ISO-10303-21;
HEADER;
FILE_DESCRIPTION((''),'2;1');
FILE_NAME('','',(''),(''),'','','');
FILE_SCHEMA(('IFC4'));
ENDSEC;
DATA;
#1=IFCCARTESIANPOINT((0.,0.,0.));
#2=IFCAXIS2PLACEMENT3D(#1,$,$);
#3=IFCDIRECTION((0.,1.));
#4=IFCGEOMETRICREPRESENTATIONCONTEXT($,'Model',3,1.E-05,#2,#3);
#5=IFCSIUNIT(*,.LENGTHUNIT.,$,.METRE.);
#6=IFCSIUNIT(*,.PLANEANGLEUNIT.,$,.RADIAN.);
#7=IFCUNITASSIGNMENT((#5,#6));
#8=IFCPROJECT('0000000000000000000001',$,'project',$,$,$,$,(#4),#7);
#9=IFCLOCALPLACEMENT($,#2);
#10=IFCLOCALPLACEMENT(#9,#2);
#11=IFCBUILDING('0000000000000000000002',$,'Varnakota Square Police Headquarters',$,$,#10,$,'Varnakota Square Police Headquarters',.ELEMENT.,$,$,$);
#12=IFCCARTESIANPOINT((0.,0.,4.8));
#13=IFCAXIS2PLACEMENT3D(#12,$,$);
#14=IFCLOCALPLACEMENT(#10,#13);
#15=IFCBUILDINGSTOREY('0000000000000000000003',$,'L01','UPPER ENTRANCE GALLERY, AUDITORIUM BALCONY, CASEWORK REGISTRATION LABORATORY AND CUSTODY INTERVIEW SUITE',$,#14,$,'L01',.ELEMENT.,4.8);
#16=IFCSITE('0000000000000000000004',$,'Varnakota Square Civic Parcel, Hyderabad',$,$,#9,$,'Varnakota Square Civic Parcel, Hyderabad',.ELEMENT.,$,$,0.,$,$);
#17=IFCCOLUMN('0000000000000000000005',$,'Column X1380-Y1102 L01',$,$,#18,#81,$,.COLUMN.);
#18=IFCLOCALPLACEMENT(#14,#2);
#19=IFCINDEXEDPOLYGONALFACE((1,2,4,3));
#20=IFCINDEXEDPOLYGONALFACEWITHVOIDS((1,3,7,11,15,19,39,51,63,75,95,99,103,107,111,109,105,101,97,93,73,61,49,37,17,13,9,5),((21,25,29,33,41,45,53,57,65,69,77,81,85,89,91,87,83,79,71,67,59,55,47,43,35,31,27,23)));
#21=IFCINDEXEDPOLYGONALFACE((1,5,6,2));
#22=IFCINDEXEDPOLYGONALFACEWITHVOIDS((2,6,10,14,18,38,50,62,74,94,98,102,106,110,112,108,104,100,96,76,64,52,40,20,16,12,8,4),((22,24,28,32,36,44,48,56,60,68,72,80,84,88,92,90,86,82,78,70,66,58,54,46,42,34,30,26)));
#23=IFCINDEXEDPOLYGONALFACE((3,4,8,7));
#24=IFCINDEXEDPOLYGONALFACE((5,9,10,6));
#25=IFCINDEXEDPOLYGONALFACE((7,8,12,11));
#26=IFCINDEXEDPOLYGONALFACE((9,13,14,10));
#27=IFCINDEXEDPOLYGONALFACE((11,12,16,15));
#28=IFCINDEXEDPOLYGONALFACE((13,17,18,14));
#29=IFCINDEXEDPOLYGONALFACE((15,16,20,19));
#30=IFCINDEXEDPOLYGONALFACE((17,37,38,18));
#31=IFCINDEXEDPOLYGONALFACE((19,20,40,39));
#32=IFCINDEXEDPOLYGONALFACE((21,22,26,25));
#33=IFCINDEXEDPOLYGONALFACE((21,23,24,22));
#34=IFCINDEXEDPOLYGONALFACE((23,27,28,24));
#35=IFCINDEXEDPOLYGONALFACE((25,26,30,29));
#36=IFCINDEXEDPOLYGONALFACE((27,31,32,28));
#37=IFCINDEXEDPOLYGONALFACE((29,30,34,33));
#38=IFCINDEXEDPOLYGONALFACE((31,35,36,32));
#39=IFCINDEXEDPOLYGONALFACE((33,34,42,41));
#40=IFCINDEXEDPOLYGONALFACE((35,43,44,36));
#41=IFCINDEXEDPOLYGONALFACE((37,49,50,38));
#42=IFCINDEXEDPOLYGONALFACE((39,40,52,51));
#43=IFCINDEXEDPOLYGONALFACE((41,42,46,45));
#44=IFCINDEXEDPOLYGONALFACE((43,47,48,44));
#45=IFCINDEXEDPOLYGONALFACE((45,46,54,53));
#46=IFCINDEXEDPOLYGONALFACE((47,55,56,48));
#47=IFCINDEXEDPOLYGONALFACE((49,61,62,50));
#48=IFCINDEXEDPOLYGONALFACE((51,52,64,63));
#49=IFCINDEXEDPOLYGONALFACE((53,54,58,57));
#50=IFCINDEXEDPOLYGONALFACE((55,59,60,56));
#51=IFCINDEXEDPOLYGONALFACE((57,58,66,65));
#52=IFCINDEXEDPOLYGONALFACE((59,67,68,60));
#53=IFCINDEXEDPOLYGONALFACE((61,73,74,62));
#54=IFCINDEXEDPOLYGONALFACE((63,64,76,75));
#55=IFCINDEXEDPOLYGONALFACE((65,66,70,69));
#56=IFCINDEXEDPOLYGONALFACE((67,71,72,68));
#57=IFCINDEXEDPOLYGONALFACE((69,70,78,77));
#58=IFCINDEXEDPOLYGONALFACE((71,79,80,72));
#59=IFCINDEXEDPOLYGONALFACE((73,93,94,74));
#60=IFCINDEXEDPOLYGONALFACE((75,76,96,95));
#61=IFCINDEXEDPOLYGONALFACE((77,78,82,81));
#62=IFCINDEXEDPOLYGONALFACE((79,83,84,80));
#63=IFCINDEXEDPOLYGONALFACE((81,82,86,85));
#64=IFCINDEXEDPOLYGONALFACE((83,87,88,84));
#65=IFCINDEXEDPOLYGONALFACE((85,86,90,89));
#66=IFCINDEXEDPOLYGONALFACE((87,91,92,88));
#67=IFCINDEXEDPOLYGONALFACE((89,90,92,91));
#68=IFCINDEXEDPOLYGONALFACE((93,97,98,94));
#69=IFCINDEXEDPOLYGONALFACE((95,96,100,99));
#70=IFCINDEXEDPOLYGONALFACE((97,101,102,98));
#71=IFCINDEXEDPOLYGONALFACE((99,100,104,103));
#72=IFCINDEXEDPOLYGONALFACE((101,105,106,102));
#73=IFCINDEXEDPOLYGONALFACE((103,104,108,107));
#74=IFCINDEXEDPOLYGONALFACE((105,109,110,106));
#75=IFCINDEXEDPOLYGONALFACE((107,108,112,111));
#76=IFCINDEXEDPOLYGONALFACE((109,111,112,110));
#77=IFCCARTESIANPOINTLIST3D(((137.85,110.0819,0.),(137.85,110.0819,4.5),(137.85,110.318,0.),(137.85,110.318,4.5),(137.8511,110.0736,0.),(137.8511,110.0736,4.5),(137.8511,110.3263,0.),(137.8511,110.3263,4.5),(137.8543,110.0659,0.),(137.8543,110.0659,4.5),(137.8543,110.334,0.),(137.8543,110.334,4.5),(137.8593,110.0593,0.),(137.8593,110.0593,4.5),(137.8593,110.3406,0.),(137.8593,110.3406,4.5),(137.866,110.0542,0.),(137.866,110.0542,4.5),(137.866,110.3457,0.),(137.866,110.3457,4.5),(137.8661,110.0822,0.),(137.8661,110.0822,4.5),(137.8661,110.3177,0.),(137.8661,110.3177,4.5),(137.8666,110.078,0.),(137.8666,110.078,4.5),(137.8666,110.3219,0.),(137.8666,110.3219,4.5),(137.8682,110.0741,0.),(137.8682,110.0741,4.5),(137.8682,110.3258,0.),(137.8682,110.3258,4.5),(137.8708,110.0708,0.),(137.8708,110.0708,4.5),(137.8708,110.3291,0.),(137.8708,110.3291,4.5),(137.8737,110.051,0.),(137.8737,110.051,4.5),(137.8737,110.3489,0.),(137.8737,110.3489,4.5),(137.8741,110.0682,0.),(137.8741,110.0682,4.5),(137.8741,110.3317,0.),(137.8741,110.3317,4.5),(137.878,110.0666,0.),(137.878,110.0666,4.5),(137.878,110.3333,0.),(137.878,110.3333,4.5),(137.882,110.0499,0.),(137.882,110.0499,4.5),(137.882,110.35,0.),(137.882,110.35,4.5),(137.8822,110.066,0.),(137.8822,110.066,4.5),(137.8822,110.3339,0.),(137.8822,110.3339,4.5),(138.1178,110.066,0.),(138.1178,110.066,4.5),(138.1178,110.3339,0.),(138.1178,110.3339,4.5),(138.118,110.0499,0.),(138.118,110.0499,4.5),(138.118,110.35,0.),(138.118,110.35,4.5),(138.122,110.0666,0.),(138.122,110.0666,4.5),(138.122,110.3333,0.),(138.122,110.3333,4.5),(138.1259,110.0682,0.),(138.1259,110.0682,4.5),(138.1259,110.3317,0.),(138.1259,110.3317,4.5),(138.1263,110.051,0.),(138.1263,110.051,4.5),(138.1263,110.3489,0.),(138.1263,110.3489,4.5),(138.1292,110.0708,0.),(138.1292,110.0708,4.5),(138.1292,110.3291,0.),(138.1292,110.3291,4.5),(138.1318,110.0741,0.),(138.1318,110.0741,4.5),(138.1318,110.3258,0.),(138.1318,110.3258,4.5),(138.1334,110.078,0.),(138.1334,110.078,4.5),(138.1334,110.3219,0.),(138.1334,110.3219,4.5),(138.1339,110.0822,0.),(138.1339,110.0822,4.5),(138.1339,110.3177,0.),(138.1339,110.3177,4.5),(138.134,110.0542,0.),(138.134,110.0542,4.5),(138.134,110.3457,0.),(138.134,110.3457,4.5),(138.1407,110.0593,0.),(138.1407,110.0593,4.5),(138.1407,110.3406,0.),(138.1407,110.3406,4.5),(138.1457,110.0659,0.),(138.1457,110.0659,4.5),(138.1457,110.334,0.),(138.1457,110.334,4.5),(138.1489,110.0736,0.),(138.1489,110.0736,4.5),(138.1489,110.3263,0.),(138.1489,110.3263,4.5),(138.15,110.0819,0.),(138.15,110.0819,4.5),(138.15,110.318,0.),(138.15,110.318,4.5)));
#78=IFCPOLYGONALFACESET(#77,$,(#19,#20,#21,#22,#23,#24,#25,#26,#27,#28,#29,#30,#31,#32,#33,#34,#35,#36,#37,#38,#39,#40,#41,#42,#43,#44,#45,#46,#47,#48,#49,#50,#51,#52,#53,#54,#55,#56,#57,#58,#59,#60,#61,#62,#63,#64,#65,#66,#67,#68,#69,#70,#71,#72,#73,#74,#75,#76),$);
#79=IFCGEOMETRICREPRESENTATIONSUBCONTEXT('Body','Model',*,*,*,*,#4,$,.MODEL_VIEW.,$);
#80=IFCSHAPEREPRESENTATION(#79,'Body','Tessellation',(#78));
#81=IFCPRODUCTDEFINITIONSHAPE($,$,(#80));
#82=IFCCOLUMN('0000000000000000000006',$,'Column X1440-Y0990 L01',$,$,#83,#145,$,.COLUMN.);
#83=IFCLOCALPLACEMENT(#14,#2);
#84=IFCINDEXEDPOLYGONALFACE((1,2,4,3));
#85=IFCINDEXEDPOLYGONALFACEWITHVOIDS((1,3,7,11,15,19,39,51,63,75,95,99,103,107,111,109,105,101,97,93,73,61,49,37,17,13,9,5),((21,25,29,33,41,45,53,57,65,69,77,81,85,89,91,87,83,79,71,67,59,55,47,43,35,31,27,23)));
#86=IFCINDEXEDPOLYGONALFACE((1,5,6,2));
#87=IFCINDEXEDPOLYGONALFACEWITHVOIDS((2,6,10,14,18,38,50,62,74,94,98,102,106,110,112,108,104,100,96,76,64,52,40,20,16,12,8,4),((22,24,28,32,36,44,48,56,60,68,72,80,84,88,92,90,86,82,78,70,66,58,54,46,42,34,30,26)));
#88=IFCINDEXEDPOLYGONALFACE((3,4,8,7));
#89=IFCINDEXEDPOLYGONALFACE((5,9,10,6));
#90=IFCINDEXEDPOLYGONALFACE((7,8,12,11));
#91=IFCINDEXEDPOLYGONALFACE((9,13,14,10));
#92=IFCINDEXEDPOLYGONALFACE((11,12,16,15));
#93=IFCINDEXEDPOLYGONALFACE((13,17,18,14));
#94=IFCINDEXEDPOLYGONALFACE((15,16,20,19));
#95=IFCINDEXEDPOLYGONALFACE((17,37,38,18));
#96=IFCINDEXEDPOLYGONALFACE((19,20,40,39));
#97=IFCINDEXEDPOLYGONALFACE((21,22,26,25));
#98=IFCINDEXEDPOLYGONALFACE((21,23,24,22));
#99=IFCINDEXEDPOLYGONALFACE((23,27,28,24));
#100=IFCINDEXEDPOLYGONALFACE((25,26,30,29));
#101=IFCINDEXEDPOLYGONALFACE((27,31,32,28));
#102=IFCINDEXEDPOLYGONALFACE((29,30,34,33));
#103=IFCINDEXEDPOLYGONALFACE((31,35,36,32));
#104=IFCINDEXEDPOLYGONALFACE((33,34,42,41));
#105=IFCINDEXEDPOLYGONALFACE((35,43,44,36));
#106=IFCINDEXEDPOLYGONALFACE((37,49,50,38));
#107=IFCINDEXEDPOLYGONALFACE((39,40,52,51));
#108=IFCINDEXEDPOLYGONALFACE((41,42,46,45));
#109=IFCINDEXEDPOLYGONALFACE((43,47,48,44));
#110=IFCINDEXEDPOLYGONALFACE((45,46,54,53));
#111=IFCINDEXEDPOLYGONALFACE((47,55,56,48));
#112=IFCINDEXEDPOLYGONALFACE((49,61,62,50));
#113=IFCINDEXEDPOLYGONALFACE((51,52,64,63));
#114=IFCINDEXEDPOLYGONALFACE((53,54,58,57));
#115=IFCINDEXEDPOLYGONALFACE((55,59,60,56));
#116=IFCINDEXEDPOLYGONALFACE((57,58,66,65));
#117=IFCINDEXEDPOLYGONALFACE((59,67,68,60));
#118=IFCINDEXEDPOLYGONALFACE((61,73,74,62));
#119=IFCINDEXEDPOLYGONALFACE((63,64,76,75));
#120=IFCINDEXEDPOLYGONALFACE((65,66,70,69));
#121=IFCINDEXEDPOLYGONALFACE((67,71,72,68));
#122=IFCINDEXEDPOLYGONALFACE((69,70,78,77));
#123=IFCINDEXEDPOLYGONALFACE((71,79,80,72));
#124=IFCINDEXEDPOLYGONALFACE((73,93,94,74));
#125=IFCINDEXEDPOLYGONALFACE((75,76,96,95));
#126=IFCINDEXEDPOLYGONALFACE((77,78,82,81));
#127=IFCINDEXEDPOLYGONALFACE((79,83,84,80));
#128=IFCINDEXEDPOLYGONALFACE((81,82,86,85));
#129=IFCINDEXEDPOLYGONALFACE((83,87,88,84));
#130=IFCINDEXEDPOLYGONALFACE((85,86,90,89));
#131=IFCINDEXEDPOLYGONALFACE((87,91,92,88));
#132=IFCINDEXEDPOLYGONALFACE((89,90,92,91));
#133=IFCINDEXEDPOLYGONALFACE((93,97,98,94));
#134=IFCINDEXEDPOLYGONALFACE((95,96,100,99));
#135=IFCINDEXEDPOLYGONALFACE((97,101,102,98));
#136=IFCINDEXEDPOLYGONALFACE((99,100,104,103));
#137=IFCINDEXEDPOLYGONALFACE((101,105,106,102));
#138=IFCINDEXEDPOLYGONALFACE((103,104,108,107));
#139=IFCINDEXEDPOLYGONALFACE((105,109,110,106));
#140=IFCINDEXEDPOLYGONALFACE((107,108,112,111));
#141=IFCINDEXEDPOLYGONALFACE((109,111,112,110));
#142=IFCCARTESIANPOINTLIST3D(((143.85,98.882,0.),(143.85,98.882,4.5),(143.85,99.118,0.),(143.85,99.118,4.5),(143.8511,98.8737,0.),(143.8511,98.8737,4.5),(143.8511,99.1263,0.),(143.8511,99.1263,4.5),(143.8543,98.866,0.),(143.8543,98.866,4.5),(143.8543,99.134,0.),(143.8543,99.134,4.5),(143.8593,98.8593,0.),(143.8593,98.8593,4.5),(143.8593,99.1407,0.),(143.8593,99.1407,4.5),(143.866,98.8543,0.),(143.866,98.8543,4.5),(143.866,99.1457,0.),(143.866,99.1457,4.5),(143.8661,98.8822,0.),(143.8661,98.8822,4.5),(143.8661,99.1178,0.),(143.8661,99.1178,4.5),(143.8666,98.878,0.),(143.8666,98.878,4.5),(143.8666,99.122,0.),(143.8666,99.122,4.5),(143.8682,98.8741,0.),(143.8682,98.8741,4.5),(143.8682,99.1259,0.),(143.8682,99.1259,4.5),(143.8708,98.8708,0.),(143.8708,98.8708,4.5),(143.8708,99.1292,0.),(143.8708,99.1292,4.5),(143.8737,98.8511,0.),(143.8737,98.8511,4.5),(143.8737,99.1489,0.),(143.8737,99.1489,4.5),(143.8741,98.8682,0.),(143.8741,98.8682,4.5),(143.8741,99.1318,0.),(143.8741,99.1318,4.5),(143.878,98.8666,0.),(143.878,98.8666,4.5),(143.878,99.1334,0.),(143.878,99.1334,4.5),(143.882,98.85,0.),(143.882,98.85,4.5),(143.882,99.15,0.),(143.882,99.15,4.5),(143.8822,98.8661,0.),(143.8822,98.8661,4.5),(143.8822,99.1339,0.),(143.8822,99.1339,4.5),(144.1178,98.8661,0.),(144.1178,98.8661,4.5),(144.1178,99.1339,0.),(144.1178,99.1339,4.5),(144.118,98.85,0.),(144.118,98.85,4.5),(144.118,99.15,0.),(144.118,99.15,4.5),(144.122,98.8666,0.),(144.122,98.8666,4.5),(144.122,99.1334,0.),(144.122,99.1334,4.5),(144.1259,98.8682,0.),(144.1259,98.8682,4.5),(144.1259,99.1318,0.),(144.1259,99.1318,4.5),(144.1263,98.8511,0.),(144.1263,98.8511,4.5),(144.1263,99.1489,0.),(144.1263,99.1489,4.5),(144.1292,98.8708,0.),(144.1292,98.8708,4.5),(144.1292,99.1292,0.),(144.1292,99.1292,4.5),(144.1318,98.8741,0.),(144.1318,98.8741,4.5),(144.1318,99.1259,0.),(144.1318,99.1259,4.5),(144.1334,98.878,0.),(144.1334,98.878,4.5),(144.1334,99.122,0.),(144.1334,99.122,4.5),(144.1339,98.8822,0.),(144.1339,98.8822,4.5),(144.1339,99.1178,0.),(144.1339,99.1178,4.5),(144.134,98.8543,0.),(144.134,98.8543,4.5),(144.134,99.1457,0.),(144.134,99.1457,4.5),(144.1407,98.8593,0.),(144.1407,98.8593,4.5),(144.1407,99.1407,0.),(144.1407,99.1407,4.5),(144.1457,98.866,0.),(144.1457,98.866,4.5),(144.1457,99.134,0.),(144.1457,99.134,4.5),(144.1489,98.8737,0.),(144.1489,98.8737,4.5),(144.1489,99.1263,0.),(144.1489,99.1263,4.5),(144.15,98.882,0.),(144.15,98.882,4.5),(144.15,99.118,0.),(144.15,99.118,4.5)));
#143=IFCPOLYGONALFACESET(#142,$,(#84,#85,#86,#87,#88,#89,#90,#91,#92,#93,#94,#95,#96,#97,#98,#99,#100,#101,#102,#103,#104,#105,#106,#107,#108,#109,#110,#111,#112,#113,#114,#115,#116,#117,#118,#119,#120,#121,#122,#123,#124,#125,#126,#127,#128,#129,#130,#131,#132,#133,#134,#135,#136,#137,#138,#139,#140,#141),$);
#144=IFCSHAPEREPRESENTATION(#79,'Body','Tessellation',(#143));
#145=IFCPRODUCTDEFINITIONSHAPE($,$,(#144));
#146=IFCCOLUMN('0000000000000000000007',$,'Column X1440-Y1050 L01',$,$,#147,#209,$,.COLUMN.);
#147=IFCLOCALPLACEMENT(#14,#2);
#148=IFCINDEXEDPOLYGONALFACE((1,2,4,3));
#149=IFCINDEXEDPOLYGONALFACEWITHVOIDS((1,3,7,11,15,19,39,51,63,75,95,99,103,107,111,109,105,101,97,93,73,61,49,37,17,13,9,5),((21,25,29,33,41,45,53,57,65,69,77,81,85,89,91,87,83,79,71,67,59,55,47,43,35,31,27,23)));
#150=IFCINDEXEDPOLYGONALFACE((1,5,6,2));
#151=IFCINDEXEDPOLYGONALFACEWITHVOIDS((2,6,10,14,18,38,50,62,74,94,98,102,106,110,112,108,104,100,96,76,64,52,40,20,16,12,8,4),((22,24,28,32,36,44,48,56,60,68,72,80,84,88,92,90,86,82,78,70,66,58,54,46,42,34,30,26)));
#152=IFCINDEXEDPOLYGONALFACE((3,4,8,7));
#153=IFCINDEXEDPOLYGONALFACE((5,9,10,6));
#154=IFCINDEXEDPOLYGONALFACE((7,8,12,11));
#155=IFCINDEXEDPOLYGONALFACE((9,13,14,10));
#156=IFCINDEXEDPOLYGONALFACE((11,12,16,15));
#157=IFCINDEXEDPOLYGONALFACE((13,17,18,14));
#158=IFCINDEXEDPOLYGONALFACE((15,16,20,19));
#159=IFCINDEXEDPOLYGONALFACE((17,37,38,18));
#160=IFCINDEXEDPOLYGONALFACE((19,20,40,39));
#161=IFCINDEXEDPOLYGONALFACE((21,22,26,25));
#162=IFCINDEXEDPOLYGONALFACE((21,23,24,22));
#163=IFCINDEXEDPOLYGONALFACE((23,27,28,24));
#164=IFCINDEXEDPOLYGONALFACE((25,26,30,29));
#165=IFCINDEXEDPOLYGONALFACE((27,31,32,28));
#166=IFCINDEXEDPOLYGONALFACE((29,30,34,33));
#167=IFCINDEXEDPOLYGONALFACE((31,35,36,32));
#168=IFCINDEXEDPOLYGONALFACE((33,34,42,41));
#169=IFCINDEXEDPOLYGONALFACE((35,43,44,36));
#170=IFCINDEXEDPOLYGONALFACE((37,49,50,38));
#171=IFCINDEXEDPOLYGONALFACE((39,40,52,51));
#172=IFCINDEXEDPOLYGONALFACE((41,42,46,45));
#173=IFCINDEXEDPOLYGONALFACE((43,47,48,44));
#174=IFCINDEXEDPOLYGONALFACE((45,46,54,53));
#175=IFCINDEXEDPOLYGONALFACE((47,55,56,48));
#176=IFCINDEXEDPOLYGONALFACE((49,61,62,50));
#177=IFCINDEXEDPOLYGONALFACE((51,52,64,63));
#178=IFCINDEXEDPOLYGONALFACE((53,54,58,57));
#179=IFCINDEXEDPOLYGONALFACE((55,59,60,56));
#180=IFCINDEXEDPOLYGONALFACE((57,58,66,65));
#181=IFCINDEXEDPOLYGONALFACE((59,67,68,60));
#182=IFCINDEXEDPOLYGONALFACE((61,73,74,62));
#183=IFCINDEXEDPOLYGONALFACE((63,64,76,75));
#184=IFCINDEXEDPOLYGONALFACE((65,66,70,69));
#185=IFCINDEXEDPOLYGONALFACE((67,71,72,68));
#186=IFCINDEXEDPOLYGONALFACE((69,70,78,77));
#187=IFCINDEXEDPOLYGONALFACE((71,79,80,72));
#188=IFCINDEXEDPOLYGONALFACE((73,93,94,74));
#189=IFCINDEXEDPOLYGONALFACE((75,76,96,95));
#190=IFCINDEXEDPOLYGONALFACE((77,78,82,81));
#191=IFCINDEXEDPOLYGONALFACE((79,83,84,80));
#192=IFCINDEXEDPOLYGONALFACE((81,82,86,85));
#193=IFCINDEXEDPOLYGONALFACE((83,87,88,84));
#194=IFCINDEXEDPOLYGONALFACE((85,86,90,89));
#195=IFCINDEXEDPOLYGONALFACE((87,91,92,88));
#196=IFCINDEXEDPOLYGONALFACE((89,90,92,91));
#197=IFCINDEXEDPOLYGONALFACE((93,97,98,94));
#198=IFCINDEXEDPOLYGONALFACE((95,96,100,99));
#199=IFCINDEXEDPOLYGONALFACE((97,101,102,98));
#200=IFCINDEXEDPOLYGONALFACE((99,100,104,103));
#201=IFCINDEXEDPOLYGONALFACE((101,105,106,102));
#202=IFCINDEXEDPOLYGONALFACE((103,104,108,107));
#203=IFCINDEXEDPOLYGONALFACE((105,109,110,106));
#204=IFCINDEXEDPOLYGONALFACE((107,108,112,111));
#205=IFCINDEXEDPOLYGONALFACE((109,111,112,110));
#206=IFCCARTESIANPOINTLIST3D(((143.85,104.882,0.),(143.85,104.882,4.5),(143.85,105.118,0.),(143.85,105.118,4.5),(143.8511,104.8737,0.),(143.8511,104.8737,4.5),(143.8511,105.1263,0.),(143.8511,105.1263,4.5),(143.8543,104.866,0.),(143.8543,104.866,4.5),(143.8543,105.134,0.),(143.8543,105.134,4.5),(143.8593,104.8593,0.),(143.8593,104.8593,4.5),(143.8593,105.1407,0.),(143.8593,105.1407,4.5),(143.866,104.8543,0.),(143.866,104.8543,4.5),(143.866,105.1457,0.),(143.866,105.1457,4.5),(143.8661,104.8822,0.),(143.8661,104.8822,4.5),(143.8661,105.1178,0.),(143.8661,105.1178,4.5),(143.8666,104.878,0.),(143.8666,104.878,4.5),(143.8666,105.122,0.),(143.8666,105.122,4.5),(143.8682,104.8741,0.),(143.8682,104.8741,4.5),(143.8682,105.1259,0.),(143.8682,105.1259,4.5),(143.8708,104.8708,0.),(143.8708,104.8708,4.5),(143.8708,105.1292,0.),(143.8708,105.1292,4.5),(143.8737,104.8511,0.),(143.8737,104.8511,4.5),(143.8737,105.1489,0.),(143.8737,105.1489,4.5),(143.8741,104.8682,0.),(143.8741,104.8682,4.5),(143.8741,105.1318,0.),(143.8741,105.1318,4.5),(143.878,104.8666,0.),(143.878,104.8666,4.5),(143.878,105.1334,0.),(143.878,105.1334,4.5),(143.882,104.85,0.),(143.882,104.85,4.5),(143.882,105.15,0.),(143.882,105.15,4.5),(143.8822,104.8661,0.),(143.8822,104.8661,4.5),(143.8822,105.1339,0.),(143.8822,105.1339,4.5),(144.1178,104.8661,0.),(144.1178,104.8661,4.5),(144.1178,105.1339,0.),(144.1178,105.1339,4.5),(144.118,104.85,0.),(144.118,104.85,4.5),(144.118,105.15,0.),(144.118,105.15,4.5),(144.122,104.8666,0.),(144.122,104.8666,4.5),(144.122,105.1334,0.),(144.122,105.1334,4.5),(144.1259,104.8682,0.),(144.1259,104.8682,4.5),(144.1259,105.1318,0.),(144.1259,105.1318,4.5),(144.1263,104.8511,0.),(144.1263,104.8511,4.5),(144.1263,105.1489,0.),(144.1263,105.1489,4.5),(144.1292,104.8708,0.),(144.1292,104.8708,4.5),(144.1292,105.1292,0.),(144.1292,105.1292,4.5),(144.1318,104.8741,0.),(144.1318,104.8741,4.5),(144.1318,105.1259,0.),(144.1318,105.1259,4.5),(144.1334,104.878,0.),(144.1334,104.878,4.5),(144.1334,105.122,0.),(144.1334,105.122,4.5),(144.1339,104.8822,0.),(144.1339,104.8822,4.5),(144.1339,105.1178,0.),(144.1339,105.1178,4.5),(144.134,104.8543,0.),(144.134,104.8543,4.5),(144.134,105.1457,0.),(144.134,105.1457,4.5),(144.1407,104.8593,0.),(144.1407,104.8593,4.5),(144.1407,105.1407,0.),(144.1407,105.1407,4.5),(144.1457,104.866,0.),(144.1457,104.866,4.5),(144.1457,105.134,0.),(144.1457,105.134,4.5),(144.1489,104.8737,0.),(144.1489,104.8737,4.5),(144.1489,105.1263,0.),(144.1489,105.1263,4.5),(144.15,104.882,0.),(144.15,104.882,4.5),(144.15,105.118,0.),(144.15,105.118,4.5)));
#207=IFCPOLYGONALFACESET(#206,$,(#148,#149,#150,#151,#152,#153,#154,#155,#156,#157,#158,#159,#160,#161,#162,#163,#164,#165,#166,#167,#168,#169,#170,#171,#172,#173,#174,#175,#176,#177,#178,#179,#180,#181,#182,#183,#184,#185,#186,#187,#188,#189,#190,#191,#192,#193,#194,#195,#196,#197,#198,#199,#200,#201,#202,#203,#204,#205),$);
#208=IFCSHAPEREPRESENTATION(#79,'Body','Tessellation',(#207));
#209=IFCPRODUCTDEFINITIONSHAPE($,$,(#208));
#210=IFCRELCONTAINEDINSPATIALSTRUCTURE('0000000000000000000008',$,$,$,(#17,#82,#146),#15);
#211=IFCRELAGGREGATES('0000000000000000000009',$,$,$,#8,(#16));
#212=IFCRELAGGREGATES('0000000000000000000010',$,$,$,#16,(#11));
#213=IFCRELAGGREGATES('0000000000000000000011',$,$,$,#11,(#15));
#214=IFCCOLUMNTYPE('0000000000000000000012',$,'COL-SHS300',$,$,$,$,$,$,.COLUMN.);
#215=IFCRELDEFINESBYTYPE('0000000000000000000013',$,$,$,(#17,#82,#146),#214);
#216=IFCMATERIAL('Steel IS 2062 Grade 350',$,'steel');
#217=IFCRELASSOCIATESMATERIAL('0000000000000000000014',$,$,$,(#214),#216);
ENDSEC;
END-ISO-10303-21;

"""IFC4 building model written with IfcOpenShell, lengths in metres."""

from ifc_helpers import new_model, si_unit, direction, frame, origin, origin_2d, place, context, subcontext, project, spatial, hollow_rectangle, extrude, material, material_profile, profile_set, type_object, element, save


model = new_model("IFC4")

# Units and contexts
model_context = context("Model", 3, precision=1e-05, world=origin(), true_north=direction((0.0, 1.0)))
body_context = subcontext(model_context, "Body", "Model", "MODEL_VIEW")
ifc_project = project(units=[si_unit("LENGTHUNIT", "METRE"), si_unit("PLANEANGLEUNIT", "RADIAN")], contexts=[model_context])

# Site, building, storey
site_placement = place(None, origin())
site = spatial("IfcSite", under=ifc_project, at=site_placement, Name="Varnakota Square Civic Parcel, Hyderabad", LongName="Varnakota Square Civic Parcel, Hyderabad", CompositionType="ELEMENT", RefElevation=0.0)
building_placement = place(site_placement, origin())
building = spatial("IfcBuilding", under=site, at=building_placement, Name="Varnakota Square Police Headquarters", LongName="Varnakota Square Police Headquarters", CompositionType="ELEMENT")
storey_placement = place(building_placement, frame((0.0, 0.0, 4.8)))
storey = spatial("IfcBuildingStorey", under=building, at=storey_placement, Name="L01", Description="UPPER ENTRANCE GALLERY, AUDITORIUM BALCONY, CASEWORK REGISTRATION LABORATORY AND CUSTODY INTERVIEW SUITE", LongName="L01", CompositionType="ELEMENT", Elevation=4.8)

# Columns
ifc_material_1 = material(Name="Steel IS 2062 Grade 350", Category="steel")
ifc_material_profile_1 = material_profile(ifc_material_1, hollow_rectangle(XDim=0.3, YDim=0.3, WallThickness=0.0161, InnerFilletRadius=0.0161, OuterFilletRadius=0.032, at=origin_2d()), Name="SHS 300x300x16")
ifc_profile_set_1 = profile_set([ifc_material_profile_1], Name="Steel IS 2062 Grade 350")
column_type_1 = type_object("IfcColumnType", Name="COL-SHS300", PredefinedType="COLUMN", material=ifc_profile_set_1)
for number, where, z_axis, x_axis, name in (
    (1, (138.0, 110.2, 0.0), (0.0, 0.0, 1.0), (1.0, 0.0, 0.0), "Column X1380-Y1102 L01"),
    (2, (144.0, 99.0, 0.0), (0.0, 0.0, 1.0), (1.0, 0.0, 0.0), "Column X1440-Y0990 L01"),
    (3, (144.0, 105.0, 0.0), (0.0, 0.0, 1.0), (1.0, 0.0, 0.0), "Column X1440-Y1050 L01"),
):
    element("IfcColumn", number, at=place(storey_placement, frame(where, z_axis=z_axis, x_axis=x_axis)), inside=storey, type_object=column_type_1, Name=name, PredefinedType="COLUMN", context=body_context, shape_type="SweptSolid", body=[
        extrude(hollow_rectangle(XDim=0.3, YDim=0.3, WallThickness=0.0161, InnerFilletRadius=0.0161, OuterFilletRadius=0.032, at=origin_2d()), origin(), (0.0, 0.0, 1.0), 4.5),
    ])

save(model, "model.ifc")
